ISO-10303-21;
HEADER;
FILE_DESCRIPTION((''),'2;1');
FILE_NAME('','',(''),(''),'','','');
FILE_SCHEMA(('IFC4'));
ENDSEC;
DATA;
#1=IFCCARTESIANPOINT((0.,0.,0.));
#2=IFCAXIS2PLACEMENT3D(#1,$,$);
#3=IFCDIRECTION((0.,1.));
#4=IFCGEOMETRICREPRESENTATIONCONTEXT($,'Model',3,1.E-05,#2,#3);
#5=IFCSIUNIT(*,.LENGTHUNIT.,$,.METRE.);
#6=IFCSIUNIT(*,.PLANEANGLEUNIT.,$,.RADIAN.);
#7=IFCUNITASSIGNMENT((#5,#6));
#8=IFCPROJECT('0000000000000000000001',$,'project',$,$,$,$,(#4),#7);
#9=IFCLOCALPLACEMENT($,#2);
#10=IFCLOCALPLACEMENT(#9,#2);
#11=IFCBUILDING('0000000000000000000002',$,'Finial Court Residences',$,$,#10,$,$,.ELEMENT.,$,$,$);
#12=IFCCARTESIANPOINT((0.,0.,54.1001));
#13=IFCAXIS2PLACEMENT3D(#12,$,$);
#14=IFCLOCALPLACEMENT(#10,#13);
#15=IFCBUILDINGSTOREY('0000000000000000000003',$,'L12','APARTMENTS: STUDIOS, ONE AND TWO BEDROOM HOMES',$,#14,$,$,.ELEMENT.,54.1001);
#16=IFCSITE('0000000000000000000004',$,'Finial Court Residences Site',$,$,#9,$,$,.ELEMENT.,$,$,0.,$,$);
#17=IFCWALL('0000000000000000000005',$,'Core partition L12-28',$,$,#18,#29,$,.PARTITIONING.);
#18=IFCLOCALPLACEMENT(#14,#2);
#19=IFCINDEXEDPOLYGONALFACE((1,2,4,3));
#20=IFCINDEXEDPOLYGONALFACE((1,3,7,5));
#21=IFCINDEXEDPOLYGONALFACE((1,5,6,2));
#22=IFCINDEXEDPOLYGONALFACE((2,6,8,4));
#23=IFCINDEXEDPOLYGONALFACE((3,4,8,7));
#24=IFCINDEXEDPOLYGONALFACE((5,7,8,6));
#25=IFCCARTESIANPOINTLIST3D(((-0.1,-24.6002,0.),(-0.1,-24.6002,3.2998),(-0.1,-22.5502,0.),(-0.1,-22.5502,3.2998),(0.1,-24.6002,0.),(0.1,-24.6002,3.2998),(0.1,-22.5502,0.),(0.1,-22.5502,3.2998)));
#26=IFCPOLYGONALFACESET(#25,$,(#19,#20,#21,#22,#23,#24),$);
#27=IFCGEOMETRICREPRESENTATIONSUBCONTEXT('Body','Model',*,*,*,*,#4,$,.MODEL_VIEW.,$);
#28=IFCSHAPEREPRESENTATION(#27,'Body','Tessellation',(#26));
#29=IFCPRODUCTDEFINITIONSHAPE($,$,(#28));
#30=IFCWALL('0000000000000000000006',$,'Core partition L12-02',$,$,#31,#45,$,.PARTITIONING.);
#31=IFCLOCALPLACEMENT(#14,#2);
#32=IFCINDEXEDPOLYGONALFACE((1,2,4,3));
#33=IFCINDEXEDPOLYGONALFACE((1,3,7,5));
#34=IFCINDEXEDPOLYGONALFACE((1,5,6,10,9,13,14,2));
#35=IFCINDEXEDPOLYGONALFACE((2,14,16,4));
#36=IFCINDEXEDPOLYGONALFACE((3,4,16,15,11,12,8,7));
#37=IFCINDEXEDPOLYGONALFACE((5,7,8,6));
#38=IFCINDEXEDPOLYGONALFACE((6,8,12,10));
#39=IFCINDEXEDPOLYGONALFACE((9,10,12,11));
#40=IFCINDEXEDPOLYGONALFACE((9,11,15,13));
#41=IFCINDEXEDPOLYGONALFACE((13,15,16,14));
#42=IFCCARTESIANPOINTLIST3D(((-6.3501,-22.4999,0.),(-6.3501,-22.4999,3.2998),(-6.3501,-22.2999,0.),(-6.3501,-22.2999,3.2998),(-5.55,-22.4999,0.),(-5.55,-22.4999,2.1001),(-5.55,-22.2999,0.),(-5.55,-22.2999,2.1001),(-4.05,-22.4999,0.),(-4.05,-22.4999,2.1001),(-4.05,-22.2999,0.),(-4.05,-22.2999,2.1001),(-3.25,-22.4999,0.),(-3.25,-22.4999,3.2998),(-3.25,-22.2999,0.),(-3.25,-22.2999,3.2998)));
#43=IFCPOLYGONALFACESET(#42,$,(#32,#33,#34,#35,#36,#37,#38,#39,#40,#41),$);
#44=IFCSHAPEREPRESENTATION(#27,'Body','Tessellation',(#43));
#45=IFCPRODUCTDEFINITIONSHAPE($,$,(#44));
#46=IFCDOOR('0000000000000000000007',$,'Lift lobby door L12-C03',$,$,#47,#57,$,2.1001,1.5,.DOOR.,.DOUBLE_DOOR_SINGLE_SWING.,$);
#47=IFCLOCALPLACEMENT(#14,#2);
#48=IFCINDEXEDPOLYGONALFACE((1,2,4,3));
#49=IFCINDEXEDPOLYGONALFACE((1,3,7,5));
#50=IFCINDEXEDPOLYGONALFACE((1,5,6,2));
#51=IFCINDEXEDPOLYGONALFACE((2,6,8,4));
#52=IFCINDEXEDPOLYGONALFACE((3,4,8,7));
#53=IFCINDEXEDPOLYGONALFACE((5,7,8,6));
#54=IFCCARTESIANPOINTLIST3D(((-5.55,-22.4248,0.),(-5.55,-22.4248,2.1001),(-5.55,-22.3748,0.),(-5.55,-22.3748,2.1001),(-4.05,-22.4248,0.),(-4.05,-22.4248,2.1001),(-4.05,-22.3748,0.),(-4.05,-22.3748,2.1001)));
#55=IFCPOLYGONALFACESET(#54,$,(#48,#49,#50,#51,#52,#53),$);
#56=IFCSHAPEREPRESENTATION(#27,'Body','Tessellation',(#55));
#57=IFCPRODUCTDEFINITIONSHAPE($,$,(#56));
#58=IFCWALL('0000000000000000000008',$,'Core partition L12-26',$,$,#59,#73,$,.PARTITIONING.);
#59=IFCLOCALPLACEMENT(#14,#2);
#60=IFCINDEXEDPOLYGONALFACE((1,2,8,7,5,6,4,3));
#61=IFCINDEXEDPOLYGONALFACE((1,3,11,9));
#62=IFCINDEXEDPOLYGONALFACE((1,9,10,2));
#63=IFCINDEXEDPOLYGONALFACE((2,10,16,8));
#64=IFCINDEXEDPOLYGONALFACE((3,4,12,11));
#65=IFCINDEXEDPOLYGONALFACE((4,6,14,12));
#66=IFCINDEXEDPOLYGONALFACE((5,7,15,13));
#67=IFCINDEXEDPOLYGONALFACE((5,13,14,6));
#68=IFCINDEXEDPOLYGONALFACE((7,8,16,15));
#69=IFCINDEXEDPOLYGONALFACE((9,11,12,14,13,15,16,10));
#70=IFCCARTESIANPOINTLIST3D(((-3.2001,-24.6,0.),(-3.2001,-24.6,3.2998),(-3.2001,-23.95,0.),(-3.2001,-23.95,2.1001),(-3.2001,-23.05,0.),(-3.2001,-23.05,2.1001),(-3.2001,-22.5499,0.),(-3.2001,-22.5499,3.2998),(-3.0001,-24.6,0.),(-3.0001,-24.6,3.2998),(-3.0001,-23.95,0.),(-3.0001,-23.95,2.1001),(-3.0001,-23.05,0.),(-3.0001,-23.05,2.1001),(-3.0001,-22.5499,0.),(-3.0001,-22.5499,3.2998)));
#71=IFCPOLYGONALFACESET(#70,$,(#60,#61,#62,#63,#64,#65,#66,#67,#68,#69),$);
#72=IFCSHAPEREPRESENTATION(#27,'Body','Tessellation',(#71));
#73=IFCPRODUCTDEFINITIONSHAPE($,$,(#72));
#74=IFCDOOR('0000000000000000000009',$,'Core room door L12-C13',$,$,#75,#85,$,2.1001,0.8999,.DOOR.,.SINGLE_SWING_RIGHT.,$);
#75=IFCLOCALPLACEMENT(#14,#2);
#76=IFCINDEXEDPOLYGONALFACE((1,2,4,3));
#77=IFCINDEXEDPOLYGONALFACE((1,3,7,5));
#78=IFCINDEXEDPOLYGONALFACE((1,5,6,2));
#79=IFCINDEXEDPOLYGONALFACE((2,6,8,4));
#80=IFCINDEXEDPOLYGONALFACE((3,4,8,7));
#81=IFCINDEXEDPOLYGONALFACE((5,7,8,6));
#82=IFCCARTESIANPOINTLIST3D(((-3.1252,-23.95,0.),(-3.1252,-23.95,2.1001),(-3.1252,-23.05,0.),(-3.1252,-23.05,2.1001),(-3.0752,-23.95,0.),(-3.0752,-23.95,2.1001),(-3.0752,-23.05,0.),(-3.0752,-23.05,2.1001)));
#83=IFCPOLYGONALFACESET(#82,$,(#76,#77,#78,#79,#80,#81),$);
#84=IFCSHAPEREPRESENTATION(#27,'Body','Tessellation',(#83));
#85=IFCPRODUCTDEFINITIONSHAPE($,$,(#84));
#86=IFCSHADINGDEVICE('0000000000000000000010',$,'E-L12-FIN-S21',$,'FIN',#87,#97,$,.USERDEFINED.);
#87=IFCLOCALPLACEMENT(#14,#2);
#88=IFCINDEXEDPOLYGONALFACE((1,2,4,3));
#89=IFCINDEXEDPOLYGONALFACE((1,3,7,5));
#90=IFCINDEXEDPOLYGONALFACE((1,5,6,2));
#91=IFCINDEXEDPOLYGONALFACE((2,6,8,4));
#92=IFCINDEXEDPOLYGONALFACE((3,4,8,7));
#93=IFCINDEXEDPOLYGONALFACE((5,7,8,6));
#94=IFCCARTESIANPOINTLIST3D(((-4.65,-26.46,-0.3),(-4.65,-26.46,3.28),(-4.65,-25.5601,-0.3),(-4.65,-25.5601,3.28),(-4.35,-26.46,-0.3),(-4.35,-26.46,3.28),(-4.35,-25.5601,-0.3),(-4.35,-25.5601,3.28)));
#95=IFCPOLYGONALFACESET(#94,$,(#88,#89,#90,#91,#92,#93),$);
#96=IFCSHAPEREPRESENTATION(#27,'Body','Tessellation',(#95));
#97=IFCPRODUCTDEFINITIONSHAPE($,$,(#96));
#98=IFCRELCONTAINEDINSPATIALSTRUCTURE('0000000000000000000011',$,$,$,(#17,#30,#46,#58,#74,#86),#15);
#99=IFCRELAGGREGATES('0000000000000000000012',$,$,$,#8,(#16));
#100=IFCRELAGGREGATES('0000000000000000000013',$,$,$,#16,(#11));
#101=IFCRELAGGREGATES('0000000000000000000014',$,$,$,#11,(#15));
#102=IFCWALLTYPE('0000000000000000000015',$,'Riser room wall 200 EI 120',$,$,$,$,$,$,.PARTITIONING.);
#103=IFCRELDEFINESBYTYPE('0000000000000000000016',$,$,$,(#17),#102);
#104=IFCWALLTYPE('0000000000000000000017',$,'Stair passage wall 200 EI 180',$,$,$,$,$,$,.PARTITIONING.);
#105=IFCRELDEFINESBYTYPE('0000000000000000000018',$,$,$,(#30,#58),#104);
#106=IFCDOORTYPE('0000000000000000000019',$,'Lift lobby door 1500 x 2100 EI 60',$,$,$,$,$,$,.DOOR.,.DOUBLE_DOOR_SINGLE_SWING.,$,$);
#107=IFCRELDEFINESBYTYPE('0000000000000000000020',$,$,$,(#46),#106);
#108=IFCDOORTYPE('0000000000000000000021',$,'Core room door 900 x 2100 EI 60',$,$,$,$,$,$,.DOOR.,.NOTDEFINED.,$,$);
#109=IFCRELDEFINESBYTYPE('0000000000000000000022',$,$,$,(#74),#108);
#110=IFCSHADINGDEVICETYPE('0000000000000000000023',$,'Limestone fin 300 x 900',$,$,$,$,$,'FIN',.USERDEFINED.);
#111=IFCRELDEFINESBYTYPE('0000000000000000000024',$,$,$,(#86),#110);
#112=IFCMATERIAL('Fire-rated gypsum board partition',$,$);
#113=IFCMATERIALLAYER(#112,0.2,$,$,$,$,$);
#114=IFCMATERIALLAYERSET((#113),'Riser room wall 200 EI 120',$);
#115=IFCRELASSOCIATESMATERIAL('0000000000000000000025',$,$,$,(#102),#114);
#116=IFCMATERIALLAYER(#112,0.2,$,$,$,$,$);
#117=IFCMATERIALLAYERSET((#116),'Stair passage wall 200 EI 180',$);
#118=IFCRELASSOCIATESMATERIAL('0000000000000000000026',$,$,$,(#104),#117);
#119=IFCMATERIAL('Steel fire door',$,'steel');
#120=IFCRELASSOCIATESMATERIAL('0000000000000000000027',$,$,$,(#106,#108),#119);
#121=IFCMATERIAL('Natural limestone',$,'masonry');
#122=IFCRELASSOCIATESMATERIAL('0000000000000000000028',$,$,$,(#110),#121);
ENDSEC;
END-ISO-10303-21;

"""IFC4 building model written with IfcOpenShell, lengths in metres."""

from ifc_helpers import new_model, si_unit, direction, frame, frame_2d, origin, origin_2d, place, context, subcontext, project, spatial, rectangle, extrude, material, layer, layer_set, type_object, element, fill, save


model = new_model("IFC4")

# Units and contexts
model_context = context("Model", 3, precision=1e-05, world=origin(), true_north=direction((0.0, 1.0)))
body_context = subcontext(model_context, "Body", "Model", "MODEL_VIEW")
ifc_project = project(units=[si_unit("LENGTHUNIT", "METRE"), si_unit("PLANEANGLEUNIT", "RADIAN")], contexts=[model_context])

# Site, building, storey
site_placement = place(None, origin())
site = spatial("IfcSite", under=ifc_project, at=site_placement, Name="Finial Court Residences Site", CompositionType="ELEMENT", RefElevation=0.0)
building_placement = place(site_placement, origin())
building = spatial("IfcBuilding", under=site, at=building_placement, Name="Finial Court Residences", CompositionType="ELEMENT")
storey_placement = place(building_placement, frame((0.0, 0.0, 54.1001)))
storey = spatial("IfcBuildingStorey", under=building, at=storey_placement, Name="L12", Description="APARTMENTS: STUDIOS, ONE AND TWO BEDROOM HOMES", CompositionType="ELEMENT", Elevation=54.1001)

# Shared definitions
ifc_material_1 = material(Name="Steel fire door", Category="steel")

# Wall
ifc_material_2 = material(Name="Fire-rated gypsum board partition")
ifc_layer_1 = layer(ifc_material_2, 0.2)
ifc_layer_set_1 = layer_set([ifc_layer_1], Name="Riser room wall 200 EI 120")
wall_type_1 = type_object("IfcWallType", Name="Riser room wall 200 EI 120", PredefinedType="PARTITIONING", material=ifc_layer_set_1)
wall_1_placement = place(storey_placement, frame((0.0, -24.6001, 0.0), z_axis=(0.0, 0.0, 1.0), x_axis=(0.0, 1.0, 0.0)))
element("IfcWall", 1, at=wall_1_placement, inside=storey, type_object=wall_type_1, Name="Core partition L12-28", PredefinedType="PARTITIONING", context=body_context, shape_type="SweptSolid", body=[
    extrude(rectangle(XDim=2.05, YDim=0.2, at=frame_2d((1.0249, 0.0))), origin(), (0.0, 0.0, 1.0), 3.2998),
])

# Walls, openings, doors
ifc_layer_2 = layer(ifc_material_2, 0.2)
ifc_layer_set_2 = layer_set([ifc_layer_2], Name="Stair passage wall 200 EI 180")
wall_type_2 = type_object("IfcWallType", Name="Stair passage wall 200 EI 180", PredefinedType="PARTITIONING", material=ifc_layer_set_2)
wall_2_placement = place(storey_placement, frame((-3.25, -22.3999, 0.0), z_axis=(0.0, 0.0, 1.0), x_axis=(-1.0, 0.0, 0.0)))
wall_2 = element("IfcWall", 2, at=wall_2_placement, inside=storey, type_object=wall_type_2, Name="Core partition L12-02", PredefinedType="PARTITIONING", context=body_context, shape_type="SweptSolid", body=[
    extrude(rectangle(XDim=3.1001, YDim=0.2, at=frame_2d((1.55, 0.0))), origin(), (0.0, 0.0, 1.0), 3.2998),
])
opening_1_placement = place(wall_2_placement, frame((0.8, 0.0, 0.0)))
opening_1 = element("IfcOpeningElement", 3, at=opening_1_placement, cuts=wall_2, PredefinedType="OPENING", context=body_context, shape_type="SweptSolid", body=[
    extrude(rectangle(XDim=1.5, YDim=2.1001, at=frame_2d((0.75, 1.05))), frame((0.0, 0.1099, 0.0), z_axis=(0.0, -1.0, 0.0), x_axis=(1.0, 0.0, 0.0)), (0.0, 0.0, 1.0), 0.22),
])
door_type_1 = type_object("IfcDoorType", Name="Lift lobby door 1500 x 2100 EI 60", OperationType="DOUBLE_DOOR_SINGLE_SWING", PredefinedType="DOOR", material=ifc_material_1)
door_1_placement = place(opening_1_placement, origin())
door_1 = element("IfcDoor", 4, at=door_1_placement, inside=storey, type_object=door_type_1, Name="Lift lobby door L12-C03", OperationType="DOUBLE_DOOR_SINGLE_SWING", OverallHeight=2.1001, OverallWidth=1.5, PredefinedType="DOOR", context=body_context, shape_type="SweptSolid", body=[
    extrude(rectangle(XDim=1.5, YDim=2.1001, at=frame_2d((0.75, 1.05))), frame((0.0, 0.0249, 0.0), z_axis=(0.0, -1.0, 0.0), x_axis=(1.0, 0.0, 0.0)), (0.0, 0.0, 1.0), 0.05),
])
fill(opening_1, door_1)
wall_3_placement = place(storey_placement, frame((-3.1001, -22.55, 0.0), z_axis=(0.0, 0.0, 1.0), x_axis=(0.0, -1.0, 0.0)))
wall_3 = element("IfcWall", 5, at=wall_3_placement, inside=storey, type_object=wall_type_2, Name="Core partition L12-26", PredefinedType="PARTITIONING", context=body_context, shape_type="SweptSolid", body=[
    extrude(rectangle(XDim=2.05, YDim=0.2, at=frame_2d((1.0249, 0.0))), origin(), (0.0, 0.0, 1.0), 3.2998),
])
opening_2_placement = place(wall_3_placement, frame((0.5, 0.0, 0.0)))
opening_2 = element("IfcOpeningElement", 6, at=opening_2_placement, cuts=wall_3, PredefinedType="OPENING", context=body_context, shape_type="SweptSolid", body=[
    extrude(rectangle(XDim=0.8999, YDim=2.1001, at=frame_2d((0.45, 1.05))), frame((0.0, 0.1099, 0.0), z_axis=(0.0, -1.0, 0.0), x_axis=(1.0, 0.0, 0.0)), (0.0, 0.0, 1.0), 0.22),
])
door_type_2 = type_object("IfcDoorType", Name="Core room door 900 x 2100 EI 60", OperationType="NOTDEFINED", PredefinedType="DOOR", material=ifc_material_1)
door_2_placement = place(opening_2_placement, origin())
door_2 = element("IfcDoor", 7, at=door_2_placement, inside=storey, type_object=door_type_2, Name="Core room door L12-C13", OperationType="SINGLE_SWING_RIGHT", OverallHeight=2.1001, OverallWidth=0.8999, PredefinedType="DOOR", context=body_context, shape_type="SweptSolid", body=[
    extrude(rectangle(XDim=0.8999, YDim=2.1001, at=frame_2d((0.45, 1.05))), frame((0.0, 0.0249, 0.0), z_axis=(0.0, -1.0, 0.0), x_axis=(1.0, 0.0, 0.0)), (0.0, 0.0, 1.0), 0.05),
])
fill(opening_2, door_2)

# Shading device
ifc_material_3 = material(Name="Natural limestone", Category="masonry")
shading_device_type = type_object("IfcShadingDeviceType", Name="Limestone fin 300 x 900", ElementType="FIN", PredefinedType="USERDEFINED", material=ifc_material_3)
shading_device_placement = place(storey_placement, frame((-4.5, -26.01, -0.3), z_axis=(0.0, 0.0, 1.0), x_axis=(1.0, 0.0, 0.0)))
element("IfcShadingDevice", 8, at=shading_device_placement, inside=storey, type_object=shading_device_type, Name="E-L12-FIN-S21", ObjectType="FIN", PredefinedType="USERDEFINED", context=body_context, shape_type="SweptSolid", body=[
    extrude(rectangle(XDim=0.3, YDim=0.8999, at=origin_2d()), origin(), (0.0, 0.0, 1.0), 3.5801),
])

save(model, "model.ifc")
